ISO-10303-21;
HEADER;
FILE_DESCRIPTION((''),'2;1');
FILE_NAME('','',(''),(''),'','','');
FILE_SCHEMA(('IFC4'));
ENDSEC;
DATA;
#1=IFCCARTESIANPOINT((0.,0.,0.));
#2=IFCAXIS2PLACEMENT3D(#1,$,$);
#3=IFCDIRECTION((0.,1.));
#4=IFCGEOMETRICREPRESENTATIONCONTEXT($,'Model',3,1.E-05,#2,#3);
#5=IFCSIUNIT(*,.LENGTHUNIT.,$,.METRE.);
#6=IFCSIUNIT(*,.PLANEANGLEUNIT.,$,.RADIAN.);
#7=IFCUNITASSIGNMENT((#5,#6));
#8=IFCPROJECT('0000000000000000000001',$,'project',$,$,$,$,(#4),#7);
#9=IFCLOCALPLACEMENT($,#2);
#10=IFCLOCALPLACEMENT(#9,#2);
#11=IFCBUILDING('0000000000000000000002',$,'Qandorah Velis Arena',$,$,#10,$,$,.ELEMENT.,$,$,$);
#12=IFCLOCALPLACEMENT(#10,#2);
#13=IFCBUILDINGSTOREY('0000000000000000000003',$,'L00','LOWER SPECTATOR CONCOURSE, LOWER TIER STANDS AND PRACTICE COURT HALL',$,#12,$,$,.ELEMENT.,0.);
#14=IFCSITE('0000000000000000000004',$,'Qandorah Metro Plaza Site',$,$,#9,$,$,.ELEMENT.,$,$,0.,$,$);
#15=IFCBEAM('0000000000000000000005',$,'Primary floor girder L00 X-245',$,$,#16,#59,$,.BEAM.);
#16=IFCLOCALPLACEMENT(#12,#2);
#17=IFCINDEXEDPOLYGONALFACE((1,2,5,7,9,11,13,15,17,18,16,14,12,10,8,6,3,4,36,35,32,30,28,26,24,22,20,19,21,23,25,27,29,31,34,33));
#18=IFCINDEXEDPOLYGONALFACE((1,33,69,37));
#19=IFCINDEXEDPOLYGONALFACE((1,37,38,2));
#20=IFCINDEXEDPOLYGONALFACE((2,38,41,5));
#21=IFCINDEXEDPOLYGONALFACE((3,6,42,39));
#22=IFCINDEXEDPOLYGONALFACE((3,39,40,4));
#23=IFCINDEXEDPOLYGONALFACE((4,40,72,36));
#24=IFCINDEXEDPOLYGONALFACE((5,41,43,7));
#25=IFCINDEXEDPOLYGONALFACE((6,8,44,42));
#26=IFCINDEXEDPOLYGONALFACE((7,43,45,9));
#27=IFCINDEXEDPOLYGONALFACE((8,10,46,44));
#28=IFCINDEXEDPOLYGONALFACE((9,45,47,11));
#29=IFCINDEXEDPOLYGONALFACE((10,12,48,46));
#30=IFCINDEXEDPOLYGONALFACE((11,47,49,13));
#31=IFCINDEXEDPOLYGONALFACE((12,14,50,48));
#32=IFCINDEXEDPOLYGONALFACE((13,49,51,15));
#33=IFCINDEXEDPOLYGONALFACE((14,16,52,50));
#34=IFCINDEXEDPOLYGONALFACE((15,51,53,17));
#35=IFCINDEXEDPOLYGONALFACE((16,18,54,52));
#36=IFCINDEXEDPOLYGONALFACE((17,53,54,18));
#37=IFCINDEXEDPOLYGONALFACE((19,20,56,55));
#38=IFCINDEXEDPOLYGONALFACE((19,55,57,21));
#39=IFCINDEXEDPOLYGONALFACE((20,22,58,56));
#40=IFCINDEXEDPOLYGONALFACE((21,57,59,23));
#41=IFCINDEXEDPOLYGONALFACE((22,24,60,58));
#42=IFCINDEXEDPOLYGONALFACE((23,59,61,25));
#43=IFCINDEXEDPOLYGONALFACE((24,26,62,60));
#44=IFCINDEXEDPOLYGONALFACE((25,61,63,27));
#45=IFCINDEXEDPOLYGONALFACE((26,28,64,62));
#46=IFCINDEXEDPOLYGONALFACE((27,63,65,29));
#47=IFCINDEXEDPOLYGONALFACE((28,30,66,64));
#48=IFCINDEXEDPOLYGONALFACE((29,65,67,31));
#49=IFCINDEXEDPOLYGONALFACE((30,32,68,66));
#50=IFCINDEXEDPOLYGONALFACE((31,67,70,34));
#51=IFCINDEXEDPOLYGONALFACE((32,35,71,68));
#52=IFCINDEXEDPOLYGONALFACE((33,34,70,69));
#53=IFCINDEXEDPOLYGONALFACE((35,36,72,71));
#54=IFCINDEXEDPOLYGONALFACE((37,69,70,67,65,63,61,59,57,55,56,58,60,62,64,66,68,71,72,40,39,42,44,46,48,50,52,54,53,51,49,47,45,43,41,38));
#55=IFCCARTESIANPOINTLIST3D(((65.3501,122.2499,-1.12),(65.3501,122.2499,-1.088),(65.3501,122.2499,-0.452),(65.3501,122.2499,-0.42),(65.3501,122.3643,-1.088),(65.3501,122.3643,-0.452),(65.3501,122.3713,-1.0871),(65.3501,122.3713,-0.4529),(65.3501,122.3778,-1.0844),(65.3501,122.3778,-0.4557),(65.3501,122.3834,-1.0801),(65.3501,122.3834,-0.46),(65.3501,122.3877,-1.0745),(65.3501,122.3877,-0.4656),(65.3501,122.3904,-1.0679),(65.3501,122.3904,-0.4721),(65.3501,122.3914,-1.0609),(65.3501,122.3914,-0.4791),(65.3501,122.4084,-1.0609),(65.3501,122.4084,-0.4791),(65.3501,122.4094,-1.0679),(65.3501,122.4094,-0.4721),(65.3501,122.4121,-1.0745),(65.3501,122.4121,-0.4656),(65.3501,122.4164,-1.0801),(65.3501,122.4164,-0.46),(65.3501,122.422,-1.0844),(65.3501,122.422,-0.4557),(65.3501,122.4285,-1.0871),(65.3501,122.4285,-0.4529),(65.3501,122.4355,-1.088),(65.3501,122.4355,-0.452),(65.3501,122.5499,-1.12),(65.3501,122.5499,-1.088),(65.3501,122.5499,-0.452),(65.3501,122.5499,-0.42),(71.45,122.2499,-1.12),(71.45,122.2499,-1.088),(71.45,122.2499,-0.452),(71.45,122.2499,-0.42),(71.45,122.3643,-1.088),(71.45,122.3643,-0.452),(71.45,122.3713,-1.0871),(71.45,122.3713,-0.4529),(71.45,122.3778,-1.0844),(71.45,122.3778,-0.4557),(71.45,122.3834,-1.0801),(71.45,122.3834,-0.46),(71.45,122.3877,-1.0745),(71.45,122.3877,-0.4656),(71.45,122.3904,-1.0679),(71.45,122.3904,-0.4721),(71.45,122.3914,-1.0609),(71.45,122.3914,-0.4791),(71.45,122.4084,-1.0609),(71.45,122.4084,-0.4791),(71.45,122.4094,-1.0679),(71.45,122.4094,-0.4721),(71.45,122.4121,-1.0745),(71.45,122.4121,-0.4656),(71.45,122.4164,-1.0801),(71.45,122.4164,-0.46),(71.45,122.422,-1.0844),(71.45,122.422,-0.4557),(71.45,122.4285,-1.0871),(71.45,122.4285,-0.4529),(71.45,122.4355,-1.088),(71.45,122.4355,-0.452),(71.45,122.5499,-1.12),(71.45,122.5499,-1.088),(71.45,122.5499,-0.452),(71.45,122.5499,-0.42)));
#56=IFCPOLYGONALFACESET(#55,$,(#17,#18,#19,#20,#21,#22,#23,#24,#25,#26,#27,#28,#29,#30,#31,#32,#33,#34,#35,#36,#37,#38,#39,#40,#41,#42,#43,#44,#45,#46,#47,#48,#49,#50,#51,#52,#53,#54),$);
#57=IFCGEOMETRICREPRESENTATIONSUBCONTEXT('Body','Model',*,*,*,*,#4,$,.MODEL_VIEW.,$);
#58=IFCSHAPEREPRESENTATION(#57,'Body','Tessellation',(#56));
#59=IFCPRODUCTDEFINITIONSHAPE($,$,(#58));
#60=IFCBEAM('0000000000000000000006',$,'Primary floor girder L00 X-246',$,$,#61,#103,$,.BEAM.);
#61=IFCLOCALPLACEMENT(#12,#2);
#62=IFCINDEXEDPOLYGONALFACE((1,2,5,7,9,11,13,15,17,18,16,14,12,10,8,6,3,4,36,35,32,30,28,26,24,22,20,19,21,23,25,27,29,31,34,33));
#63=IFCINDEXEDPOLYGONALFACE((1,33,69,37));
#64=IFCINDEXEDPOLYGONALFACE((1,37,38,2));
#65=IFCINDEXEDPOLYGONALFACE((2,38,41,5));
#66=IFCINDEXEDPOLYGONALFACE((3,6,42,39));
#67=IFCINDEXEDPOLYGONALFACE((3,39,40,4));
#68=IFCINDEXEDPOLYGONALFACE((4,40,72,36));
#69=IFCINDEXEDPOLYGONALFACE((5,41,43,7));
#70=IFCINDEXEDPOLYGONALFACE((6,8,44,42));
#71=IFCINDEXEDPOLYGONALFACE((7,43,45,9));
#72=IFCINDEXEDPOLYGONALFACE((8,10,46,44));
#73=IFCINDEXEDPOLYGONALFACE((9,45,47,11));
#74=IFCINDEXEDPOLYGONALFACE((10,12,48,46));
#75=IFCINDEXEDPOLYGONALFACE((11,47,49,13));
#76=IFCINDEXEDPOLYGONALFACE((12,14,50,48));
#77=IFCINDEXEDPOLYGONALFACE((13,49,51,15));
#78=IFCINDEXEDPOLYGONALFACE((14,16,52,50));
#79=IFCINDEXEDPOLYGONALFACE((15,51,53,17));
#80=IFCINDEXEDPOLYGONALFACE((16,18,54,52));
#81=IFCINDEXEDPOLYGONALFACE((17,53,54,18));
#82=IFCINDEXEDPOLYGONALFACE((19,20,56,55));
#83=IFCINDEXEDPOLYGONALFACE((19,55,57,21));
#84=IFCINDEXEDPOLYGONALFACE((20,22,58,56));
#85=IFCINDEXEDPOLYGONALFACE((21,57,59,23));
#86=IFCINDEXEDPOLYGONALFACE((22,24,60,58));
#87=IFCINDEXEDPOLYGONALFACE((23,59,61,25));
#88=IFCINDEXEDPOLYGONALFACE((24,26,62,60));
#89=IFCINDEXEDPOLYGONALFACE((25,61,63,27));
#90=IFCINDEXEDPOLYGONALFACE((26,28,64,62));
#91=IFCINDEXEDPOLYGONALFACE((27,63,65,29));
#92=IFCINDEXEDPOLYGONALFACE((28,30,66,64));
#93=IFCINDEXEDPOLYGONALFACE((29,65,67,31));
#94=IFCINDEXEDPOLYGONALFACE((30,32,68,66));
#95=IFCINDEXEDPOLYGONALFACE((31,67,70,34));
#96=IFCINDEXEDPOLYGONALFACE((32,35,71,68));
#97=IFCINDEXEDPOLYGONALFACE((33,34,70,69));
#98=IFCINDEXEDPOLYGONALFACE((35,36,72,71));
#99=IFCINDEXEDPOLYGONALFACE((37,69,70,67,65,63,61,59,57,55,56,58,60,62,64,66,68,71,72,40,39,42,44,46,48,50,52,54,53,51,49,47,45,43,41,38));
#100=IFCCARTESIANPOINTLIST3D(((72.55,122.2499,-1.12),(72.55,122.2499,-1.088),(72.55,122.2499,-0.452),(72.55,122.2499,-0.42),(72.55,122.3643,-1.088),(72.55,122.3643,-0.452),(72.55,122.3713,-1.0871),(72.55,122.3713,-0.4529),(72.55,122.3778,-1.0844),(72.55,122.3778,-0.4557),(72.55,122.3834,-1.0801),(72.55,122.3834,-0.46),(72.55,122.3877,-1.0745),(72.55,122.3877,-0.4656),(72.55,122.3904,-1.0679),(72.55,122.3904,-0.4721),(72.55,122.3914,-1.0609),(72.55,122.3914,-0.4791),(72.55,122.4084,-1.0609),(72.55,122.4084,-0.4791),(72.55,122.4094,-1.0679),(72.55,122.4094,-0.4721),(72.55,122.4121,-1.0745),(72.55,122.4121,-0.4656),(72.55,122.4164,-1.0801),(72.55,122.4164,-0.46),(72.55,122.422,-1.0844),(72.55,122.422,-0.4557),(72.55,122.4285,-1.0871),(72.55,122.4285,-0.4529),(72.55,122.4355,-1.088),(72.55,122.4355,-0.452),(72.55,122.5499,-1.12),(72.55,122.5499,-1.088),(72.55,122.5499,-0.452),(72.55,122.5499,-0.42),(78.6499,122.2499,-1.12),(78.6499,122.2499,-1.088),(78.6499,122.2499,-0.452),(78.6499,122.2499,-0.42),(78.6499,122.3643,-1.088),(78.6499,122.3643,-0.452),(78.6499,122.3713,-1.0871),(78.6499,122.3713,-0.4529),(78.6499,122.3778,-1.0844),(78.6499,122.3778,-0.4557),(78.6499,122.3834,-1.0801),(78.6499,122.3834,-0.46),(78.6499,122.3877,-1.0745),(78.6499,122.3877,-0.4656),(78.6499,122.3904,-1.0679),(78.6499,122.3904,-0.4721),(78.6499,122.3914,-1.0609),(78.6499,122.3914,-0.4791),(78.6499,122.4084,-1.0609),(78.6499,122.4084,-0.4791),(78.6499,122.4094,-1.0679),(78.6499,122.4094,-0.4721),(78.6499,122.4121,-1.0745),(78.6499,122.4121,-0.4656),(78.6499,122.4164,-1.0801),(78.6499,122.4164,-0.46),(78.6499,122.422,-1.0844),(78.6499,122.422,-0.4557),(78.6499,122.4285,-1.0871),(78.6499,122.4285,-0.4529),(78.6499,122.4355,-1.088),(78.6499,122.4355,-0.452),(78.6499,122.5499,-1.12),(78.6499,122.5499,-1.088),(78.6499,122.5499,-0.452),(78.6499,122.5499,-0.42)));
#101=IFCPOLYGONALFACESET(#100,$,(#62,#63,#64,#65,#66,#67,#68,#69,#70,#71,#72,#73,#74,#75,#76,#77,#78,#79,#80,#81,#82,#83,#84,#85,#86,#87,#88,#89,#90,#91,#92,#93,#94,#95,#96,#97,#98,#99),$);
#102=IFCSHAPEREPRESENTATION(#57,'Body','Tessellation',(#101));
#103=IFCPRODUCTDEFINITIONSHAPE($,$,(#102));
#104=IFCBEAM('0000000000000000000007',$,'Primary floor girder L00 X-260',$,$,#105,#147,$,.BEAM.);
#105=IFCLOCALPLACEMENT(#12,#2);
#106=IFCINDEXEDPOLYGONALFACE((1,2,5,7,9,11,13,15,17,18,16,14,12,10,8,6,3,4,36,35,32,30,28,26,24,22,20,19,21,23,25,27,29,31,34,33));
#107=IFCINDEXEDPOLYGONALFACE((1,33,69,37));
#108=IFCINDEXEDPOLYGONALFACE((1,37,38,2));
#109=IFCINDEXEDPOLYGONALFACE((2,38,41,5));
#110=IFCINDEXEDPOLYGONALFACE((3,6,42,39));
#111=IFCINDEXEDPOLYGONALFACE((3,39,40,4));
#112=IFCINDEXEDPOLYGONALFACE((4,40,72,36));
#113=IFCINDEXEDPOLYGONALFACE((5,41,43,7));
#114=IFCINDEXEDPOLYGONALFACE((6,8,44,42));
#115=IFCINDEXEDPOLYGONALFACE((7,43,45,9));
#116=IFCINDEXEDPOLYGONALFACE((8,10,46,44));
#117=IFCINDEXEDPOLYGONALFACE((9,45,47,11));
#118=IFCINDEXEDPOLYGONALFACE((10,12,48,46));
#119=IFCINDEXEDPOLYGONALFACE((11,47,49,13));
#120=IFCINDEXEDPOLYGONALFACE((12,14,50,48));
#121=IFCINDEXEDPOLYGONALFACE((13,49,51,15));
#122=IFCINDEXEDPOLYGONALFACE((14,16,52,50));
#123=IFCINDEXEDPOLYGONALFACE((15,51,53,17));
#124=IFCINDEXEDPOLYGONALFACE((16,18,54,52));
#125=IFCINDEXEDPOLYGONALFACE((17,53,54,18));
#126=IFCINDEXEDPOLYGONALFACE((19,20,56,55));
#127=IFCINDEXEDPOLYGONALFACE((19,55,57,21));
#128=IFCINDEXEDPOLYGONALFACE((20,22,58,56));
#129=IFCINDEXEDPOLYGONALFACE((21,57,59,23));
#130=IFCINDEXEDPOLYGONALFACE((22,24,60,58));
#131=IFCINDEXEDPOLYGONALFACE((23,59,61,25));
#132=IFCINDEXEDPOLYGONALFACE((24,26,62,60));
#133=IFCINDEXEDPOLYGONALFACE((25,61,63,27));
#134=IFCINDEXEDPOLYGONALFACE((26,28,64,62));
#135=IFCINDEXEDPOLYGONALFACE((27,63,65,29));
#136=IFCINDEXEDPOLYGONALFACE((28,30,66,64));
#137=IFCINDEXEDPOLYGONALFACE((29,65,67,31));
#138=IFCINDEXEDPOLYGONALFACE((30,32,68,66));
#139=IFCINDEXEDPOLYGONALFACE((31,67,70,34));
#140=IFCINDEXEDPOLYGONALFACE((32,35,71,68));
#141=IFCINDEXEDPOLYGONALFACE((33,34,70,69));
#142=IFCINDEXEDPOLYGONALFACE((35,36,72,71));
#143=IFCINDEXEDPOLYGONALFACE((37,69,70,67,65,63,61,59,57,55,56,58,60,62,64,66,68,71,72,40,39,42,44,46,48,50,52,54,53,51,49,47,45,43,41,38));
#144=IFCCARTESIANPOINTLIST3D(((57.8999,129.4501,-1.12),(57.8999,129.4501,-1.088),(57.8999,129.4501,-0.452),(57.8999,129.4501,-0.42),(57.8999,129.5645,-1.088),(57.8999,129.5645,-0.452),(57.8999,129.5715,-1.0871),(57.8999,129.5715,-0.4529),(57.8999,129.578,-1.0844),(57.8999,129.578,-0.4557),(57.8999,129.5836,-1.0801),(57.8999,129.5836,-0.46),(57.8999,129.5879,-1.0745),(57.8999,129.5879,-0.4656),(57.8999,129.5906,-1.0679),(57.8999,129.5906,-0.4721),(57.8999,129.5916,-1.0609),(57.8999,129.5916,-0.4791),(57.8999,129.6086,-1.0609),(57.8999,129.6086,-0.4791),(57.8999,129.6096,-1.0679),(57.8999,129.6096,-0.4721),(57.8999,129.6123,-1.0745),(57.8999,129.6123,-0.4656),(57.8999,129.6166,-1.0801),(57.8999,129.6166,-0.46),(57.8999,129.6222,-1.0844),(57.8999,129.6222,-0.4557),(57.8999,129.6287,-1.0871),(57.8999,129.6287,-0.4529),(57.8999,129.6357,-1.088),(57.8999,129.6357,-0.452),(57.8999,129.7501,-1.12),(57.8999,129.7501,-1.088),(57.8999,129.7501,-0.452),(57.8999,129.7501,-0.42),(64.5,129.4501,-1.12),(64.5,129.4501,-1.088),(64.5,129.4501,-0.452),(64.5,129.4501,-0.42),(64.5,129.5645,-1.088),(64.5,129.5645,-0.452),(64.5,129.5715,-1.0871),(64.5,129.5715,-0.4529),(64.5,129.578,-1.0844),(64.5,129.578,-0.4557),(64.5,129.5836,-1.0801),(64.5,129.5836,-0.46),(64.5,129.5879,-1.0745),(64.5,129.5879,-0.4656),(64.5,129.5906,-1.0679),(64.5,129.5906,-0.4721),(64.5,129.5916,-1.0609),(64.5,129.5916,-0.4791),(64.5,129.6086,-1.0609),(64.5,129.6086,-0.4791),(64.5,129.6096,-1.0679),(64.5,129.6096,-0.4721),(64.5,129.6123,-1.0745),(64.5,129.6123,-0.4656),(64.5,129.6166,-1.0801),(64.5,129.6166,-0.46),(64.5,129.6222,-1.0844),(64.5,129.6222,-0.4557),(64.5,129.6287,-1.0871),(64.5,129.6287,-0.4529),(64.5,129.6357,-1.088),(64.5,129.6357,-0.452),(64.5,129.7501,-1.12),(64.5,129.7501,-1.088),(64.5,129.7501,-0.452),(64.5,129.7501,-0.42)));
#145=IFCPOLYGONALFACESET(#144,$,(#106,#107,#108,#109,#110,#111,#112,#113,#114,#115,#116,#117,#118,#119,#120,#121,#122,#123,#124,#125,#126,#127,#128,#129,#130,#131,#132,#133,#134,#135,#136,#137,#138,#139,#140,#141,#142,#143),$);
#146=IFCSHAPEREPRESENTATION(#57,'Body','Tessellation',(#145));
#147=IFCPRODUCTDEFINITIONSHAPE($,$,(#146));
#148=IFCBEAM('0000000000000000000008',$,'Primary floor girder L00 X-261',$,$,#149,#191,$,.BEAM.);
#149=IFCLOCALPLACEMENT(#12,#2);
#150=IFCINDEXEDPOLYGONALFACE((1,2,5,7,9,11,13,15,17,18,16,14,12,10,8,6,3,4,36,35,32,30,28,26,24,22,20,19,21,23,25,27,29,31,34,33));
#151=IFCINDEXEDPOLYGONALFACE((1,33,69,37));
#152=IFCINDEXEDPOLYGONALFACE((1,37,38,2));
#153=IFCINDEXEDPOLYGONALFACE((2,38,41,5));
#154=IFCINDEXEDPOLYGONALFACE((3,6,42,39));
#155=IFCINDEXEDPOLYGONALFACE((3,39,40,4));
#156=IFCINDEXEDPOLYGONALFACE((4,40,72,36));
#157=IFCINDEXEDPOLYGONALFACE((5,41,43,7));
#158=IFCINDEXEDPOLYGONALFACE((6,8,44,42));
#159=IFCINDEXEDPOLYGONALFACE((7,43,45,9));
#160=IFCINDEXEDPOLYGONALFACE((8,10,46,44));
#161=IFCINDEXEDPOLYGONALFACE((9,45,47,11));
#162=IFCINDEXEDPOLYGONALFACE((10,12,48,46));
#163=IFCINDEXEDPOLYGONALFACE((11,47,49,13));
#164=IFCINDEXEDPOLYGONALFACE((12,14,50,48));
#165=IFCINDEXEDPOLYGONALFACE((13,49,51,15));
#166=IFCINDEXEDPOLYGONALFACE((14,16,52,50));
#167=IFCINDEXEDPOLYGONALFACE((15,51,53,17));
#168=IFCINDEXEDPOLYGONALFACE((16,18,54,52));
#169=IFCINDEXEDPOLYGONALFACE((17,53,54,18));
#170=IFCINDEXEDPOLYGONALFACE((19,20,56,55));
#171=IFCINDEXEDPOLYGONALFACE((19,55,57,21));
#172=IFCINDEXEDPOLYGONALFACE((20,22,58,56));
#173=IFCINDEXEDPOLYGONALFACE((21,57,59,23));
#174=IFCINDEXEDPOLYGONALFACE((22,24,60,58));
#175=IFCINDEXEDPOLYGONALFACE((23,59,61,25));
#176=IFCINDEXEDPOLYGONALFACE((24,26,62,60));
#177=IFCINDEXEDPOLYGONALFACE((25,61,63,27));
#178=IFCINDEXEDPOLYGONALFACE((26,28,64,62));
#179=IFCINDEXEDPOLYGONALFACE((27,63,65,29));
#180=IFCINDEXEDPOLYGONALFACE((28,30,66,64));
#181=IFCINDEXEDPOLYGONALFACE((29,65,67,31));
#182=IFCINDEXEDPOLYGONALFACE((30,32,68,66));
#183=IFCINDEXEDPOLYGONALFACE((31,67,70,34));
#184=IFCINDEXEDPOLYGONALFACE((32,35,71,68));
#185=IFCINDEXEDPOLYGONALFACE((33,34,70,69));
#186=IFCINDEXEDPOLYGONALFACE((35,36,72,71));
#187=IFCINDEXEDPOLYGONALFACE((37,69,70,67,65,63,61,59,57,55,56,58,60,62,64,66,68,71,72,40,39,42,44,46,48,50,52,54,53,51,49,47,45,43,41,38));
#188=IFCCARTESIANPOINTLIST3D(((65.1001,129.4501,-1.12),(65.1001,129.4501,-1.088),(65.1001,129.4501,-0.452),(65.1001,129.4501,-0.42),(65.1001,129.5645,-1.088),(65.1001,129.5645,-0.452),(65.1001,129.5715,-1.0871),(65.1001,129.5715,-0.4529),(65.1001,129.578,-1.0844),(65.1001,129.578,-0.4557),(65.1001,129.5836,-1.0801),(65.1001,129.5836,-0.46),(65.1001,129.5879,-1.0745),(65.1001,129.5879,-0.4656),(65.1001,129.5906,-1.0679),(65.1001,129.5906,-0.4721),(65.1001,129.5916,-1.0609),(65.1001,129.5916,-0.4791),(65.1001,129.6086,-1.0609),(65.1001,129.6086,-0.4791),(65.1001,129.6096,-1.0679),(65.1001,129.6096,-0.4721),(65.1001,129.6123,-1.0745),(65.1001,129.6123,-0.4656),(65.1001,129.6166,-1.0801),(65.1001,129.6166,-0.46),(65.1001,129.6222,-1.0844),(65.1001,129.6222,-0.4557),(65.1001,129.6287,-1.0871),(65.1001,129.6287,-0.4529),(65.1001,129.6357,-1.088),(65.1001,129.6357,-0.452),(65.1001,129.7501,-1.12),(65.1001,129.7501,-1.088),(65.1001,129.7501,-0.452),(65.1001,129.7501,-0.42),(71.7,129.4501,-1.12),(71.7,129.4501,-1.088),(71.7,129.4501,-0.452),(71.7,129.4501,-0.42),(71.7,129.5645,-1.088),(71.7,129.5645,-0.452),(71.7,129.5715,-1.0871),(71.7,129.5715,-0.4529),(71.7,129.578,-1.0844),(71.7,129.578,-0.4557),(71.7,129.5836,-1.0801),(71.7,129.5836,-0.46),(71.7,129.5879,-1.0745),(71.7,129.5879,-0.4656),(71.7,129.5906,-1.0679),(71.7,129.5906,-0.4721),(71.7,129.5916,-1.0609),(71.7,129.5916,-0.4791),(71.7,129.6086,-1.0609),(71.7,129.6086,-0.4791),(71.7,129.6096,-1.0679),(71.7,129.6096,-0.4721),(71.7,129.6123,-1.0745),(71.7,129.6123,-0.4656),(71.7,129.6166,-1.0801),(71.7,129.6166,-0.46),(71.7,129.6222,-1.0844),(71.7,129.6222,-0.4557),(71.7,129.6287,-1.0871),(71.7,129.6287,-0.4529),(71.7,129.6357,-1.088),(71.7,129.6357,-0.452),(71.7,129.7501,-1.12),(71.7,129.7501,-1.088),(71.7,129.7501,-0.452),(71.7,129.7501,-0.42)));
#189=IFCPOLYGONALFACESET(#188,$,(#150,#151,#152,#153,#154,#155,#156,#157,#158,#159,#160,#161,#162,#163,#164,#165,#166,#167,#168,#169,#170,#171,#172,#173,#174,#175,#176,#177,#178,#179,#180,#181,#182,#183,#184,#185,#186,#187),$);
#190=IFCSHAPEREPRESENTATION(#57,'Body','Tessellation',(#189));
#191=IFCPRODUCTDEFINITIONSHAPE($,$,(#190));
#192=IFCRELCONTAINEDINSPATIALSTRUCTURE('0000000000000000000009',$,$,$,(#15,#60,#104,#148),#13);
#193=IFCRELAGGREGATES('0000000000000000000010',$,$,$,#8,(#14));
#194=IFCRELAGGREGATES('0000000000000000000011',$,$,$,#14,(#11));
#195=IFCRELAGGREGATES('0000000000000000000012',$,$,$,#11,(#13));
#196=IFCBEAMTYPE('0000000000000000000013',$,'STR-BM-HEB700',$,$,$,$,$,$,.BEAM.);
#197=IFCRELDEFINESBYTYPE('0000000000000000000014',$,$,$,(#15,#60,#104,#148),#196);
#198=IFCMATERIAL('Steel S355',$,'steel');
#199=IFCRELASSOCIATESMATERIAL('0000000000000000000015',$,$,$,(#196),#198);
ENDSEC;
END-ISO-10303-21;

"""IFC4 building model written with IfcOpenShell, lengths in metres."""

from ifc_helpers import new_model, si_unit, direction, frame, origin, origin_2d, place, context, subcontext, project, spatial, i_section, extrude, material, material_profile, profile_set, type_object, element, save


model = new_model("IFC4")

# Units and contexts
model_context = context("Model", 3, precision=1e-05, world=origin(), true_north=direction((0.0, 1.0)))
body_context = subcontext(model_context, "Body", "Model", "MODEL_VIEW")
ifc_project = project(units=[si_unit("LENGTHUNIT", "METRE"), si_unit("PLANEANGLEUNIT", "RADIAN")], contexts=[model_context])

# Site, building, storey
site_placement = place(None, origin())
site = spatial("IfcSite", under=ifc_project, at=site_placement, Name="Qandorah Metro Plaza Site", CompositionType="ELEMENT", RefElevation=0.0)
building_placement = place(site_placement, origin())
building = spatial("IfcBuilding", under=site, at=building_placement, Name="Qandorah Velis Arena", CompositionType="ELEMENT")
storey_placement = place(building_placement, origin())
storey = spatial("IfcBuildingStorey", under=building, at=storey_placement, Name="L00", Description="LOWER SPECTATOR CONCOURSE, LOWER TIER STANDS AND PRACTICE COURT HALL", CompositionType="ELEMENT", Elevation=0.0)

# Beams
ifc_material_1 = material(Name="Steel S355", Category="steel")
ifc_material_profile_1 = material_profile(ifc_material_1, i_section(OverallWidth=0.3, OverallDepth=0.7, WebThickness=0.0171, FlangeThickness=0.032, FilletRadius=0.0271, at=origin_2d()), Name="HEB 700")
ifc_profile_set_1 = profile_set([ifc_material_profile_1], Name="Steel S355")
beam_type_1 = type_object("IfcBeamType", Name="STR-BM-HEB700", PredefinedType="BEAM", material=ifc_profile_set_1)
for number, where, z_axis, x_axis, name in (
    (1, (65.3501, 122.3999, -0.77), (1.0, 0.0, 0.0), (0.0, 1.0, 0.0), "Primary floor girder L00 X-245"),
    (2, (72.55, 122.3999, -0.77), (1.0, 0.0, 0.0), (0.0, 1.0, 0.0), "Primary floor girder L00 X-246"),
):
    element("IfcBeam", number, at=place(storey_placement, frame(where, z_axis=z_axis, x_axis=x_axis)), inside=storey, type_object=beam_type_1, Name=name, PredefinedType="BEAM", context=body_context, shape_type="SweptSolid", body=[
        extrude(i_section(OverallWidth=0.3, OverallDepth=0.7, WebThickness=0.0171, FlangeThickness=0.032, FilletRadius=0.0271, at=origin_2d()), origin(), (0.0, 0.0, 1.0), 6.0999),
    ])
beam_1_placement = place(storey_placement, frame((57.8999, 129.6001, -0.77), z_axis=(1.0, 0.0, 0.0), x_axis=(0.0, 1.0, 0.0)))
element("IfcBeam", 3, at=beam_1_placement, inside=storey, type_object=beam_type_1, Name="Primary floor girder L00 X-260", PredefinedType="BEAM", context=body_context, shape_type="SweptSolid", body=[
    extrude(i_section(OverallWidth=0.3, OverallDepth=0.7, WebThickness=0.0171, FlangeThickness=0.032, FilletRadius=0.0271, at=origin_2d()), origin(), (0.0, 0.0, 1.0), 6.6001),
])
for number, where, z_axis, x_axis, name in (
    (4, (65.1001, 129.6001, -0.77), (1.0, 0.0, 0.0), (0.0, 1.0, 0.0), "Primary floor girder L00 X-261"),
):
    element("IfcBeam", number, at=place(storey_placement, frame(where, z_axis=z_axis, x_axis=x_axis)), inside=storey, type_object=beam_type_1, Name=name, PredefinedType="BEAM", context=body_context, shape_type="SweptSolid", body=[
        extrude(i_section(OverallWidth=0.3, OverallDepth=0.7, WebThickness=0.0171, FlangeThickness=0.032, FilletRadius=0.0271, at=origin_2d()), origin(), (0.0, 0.0, 1.0), 6.5999),
    ])

save(model, "model.ifc")
